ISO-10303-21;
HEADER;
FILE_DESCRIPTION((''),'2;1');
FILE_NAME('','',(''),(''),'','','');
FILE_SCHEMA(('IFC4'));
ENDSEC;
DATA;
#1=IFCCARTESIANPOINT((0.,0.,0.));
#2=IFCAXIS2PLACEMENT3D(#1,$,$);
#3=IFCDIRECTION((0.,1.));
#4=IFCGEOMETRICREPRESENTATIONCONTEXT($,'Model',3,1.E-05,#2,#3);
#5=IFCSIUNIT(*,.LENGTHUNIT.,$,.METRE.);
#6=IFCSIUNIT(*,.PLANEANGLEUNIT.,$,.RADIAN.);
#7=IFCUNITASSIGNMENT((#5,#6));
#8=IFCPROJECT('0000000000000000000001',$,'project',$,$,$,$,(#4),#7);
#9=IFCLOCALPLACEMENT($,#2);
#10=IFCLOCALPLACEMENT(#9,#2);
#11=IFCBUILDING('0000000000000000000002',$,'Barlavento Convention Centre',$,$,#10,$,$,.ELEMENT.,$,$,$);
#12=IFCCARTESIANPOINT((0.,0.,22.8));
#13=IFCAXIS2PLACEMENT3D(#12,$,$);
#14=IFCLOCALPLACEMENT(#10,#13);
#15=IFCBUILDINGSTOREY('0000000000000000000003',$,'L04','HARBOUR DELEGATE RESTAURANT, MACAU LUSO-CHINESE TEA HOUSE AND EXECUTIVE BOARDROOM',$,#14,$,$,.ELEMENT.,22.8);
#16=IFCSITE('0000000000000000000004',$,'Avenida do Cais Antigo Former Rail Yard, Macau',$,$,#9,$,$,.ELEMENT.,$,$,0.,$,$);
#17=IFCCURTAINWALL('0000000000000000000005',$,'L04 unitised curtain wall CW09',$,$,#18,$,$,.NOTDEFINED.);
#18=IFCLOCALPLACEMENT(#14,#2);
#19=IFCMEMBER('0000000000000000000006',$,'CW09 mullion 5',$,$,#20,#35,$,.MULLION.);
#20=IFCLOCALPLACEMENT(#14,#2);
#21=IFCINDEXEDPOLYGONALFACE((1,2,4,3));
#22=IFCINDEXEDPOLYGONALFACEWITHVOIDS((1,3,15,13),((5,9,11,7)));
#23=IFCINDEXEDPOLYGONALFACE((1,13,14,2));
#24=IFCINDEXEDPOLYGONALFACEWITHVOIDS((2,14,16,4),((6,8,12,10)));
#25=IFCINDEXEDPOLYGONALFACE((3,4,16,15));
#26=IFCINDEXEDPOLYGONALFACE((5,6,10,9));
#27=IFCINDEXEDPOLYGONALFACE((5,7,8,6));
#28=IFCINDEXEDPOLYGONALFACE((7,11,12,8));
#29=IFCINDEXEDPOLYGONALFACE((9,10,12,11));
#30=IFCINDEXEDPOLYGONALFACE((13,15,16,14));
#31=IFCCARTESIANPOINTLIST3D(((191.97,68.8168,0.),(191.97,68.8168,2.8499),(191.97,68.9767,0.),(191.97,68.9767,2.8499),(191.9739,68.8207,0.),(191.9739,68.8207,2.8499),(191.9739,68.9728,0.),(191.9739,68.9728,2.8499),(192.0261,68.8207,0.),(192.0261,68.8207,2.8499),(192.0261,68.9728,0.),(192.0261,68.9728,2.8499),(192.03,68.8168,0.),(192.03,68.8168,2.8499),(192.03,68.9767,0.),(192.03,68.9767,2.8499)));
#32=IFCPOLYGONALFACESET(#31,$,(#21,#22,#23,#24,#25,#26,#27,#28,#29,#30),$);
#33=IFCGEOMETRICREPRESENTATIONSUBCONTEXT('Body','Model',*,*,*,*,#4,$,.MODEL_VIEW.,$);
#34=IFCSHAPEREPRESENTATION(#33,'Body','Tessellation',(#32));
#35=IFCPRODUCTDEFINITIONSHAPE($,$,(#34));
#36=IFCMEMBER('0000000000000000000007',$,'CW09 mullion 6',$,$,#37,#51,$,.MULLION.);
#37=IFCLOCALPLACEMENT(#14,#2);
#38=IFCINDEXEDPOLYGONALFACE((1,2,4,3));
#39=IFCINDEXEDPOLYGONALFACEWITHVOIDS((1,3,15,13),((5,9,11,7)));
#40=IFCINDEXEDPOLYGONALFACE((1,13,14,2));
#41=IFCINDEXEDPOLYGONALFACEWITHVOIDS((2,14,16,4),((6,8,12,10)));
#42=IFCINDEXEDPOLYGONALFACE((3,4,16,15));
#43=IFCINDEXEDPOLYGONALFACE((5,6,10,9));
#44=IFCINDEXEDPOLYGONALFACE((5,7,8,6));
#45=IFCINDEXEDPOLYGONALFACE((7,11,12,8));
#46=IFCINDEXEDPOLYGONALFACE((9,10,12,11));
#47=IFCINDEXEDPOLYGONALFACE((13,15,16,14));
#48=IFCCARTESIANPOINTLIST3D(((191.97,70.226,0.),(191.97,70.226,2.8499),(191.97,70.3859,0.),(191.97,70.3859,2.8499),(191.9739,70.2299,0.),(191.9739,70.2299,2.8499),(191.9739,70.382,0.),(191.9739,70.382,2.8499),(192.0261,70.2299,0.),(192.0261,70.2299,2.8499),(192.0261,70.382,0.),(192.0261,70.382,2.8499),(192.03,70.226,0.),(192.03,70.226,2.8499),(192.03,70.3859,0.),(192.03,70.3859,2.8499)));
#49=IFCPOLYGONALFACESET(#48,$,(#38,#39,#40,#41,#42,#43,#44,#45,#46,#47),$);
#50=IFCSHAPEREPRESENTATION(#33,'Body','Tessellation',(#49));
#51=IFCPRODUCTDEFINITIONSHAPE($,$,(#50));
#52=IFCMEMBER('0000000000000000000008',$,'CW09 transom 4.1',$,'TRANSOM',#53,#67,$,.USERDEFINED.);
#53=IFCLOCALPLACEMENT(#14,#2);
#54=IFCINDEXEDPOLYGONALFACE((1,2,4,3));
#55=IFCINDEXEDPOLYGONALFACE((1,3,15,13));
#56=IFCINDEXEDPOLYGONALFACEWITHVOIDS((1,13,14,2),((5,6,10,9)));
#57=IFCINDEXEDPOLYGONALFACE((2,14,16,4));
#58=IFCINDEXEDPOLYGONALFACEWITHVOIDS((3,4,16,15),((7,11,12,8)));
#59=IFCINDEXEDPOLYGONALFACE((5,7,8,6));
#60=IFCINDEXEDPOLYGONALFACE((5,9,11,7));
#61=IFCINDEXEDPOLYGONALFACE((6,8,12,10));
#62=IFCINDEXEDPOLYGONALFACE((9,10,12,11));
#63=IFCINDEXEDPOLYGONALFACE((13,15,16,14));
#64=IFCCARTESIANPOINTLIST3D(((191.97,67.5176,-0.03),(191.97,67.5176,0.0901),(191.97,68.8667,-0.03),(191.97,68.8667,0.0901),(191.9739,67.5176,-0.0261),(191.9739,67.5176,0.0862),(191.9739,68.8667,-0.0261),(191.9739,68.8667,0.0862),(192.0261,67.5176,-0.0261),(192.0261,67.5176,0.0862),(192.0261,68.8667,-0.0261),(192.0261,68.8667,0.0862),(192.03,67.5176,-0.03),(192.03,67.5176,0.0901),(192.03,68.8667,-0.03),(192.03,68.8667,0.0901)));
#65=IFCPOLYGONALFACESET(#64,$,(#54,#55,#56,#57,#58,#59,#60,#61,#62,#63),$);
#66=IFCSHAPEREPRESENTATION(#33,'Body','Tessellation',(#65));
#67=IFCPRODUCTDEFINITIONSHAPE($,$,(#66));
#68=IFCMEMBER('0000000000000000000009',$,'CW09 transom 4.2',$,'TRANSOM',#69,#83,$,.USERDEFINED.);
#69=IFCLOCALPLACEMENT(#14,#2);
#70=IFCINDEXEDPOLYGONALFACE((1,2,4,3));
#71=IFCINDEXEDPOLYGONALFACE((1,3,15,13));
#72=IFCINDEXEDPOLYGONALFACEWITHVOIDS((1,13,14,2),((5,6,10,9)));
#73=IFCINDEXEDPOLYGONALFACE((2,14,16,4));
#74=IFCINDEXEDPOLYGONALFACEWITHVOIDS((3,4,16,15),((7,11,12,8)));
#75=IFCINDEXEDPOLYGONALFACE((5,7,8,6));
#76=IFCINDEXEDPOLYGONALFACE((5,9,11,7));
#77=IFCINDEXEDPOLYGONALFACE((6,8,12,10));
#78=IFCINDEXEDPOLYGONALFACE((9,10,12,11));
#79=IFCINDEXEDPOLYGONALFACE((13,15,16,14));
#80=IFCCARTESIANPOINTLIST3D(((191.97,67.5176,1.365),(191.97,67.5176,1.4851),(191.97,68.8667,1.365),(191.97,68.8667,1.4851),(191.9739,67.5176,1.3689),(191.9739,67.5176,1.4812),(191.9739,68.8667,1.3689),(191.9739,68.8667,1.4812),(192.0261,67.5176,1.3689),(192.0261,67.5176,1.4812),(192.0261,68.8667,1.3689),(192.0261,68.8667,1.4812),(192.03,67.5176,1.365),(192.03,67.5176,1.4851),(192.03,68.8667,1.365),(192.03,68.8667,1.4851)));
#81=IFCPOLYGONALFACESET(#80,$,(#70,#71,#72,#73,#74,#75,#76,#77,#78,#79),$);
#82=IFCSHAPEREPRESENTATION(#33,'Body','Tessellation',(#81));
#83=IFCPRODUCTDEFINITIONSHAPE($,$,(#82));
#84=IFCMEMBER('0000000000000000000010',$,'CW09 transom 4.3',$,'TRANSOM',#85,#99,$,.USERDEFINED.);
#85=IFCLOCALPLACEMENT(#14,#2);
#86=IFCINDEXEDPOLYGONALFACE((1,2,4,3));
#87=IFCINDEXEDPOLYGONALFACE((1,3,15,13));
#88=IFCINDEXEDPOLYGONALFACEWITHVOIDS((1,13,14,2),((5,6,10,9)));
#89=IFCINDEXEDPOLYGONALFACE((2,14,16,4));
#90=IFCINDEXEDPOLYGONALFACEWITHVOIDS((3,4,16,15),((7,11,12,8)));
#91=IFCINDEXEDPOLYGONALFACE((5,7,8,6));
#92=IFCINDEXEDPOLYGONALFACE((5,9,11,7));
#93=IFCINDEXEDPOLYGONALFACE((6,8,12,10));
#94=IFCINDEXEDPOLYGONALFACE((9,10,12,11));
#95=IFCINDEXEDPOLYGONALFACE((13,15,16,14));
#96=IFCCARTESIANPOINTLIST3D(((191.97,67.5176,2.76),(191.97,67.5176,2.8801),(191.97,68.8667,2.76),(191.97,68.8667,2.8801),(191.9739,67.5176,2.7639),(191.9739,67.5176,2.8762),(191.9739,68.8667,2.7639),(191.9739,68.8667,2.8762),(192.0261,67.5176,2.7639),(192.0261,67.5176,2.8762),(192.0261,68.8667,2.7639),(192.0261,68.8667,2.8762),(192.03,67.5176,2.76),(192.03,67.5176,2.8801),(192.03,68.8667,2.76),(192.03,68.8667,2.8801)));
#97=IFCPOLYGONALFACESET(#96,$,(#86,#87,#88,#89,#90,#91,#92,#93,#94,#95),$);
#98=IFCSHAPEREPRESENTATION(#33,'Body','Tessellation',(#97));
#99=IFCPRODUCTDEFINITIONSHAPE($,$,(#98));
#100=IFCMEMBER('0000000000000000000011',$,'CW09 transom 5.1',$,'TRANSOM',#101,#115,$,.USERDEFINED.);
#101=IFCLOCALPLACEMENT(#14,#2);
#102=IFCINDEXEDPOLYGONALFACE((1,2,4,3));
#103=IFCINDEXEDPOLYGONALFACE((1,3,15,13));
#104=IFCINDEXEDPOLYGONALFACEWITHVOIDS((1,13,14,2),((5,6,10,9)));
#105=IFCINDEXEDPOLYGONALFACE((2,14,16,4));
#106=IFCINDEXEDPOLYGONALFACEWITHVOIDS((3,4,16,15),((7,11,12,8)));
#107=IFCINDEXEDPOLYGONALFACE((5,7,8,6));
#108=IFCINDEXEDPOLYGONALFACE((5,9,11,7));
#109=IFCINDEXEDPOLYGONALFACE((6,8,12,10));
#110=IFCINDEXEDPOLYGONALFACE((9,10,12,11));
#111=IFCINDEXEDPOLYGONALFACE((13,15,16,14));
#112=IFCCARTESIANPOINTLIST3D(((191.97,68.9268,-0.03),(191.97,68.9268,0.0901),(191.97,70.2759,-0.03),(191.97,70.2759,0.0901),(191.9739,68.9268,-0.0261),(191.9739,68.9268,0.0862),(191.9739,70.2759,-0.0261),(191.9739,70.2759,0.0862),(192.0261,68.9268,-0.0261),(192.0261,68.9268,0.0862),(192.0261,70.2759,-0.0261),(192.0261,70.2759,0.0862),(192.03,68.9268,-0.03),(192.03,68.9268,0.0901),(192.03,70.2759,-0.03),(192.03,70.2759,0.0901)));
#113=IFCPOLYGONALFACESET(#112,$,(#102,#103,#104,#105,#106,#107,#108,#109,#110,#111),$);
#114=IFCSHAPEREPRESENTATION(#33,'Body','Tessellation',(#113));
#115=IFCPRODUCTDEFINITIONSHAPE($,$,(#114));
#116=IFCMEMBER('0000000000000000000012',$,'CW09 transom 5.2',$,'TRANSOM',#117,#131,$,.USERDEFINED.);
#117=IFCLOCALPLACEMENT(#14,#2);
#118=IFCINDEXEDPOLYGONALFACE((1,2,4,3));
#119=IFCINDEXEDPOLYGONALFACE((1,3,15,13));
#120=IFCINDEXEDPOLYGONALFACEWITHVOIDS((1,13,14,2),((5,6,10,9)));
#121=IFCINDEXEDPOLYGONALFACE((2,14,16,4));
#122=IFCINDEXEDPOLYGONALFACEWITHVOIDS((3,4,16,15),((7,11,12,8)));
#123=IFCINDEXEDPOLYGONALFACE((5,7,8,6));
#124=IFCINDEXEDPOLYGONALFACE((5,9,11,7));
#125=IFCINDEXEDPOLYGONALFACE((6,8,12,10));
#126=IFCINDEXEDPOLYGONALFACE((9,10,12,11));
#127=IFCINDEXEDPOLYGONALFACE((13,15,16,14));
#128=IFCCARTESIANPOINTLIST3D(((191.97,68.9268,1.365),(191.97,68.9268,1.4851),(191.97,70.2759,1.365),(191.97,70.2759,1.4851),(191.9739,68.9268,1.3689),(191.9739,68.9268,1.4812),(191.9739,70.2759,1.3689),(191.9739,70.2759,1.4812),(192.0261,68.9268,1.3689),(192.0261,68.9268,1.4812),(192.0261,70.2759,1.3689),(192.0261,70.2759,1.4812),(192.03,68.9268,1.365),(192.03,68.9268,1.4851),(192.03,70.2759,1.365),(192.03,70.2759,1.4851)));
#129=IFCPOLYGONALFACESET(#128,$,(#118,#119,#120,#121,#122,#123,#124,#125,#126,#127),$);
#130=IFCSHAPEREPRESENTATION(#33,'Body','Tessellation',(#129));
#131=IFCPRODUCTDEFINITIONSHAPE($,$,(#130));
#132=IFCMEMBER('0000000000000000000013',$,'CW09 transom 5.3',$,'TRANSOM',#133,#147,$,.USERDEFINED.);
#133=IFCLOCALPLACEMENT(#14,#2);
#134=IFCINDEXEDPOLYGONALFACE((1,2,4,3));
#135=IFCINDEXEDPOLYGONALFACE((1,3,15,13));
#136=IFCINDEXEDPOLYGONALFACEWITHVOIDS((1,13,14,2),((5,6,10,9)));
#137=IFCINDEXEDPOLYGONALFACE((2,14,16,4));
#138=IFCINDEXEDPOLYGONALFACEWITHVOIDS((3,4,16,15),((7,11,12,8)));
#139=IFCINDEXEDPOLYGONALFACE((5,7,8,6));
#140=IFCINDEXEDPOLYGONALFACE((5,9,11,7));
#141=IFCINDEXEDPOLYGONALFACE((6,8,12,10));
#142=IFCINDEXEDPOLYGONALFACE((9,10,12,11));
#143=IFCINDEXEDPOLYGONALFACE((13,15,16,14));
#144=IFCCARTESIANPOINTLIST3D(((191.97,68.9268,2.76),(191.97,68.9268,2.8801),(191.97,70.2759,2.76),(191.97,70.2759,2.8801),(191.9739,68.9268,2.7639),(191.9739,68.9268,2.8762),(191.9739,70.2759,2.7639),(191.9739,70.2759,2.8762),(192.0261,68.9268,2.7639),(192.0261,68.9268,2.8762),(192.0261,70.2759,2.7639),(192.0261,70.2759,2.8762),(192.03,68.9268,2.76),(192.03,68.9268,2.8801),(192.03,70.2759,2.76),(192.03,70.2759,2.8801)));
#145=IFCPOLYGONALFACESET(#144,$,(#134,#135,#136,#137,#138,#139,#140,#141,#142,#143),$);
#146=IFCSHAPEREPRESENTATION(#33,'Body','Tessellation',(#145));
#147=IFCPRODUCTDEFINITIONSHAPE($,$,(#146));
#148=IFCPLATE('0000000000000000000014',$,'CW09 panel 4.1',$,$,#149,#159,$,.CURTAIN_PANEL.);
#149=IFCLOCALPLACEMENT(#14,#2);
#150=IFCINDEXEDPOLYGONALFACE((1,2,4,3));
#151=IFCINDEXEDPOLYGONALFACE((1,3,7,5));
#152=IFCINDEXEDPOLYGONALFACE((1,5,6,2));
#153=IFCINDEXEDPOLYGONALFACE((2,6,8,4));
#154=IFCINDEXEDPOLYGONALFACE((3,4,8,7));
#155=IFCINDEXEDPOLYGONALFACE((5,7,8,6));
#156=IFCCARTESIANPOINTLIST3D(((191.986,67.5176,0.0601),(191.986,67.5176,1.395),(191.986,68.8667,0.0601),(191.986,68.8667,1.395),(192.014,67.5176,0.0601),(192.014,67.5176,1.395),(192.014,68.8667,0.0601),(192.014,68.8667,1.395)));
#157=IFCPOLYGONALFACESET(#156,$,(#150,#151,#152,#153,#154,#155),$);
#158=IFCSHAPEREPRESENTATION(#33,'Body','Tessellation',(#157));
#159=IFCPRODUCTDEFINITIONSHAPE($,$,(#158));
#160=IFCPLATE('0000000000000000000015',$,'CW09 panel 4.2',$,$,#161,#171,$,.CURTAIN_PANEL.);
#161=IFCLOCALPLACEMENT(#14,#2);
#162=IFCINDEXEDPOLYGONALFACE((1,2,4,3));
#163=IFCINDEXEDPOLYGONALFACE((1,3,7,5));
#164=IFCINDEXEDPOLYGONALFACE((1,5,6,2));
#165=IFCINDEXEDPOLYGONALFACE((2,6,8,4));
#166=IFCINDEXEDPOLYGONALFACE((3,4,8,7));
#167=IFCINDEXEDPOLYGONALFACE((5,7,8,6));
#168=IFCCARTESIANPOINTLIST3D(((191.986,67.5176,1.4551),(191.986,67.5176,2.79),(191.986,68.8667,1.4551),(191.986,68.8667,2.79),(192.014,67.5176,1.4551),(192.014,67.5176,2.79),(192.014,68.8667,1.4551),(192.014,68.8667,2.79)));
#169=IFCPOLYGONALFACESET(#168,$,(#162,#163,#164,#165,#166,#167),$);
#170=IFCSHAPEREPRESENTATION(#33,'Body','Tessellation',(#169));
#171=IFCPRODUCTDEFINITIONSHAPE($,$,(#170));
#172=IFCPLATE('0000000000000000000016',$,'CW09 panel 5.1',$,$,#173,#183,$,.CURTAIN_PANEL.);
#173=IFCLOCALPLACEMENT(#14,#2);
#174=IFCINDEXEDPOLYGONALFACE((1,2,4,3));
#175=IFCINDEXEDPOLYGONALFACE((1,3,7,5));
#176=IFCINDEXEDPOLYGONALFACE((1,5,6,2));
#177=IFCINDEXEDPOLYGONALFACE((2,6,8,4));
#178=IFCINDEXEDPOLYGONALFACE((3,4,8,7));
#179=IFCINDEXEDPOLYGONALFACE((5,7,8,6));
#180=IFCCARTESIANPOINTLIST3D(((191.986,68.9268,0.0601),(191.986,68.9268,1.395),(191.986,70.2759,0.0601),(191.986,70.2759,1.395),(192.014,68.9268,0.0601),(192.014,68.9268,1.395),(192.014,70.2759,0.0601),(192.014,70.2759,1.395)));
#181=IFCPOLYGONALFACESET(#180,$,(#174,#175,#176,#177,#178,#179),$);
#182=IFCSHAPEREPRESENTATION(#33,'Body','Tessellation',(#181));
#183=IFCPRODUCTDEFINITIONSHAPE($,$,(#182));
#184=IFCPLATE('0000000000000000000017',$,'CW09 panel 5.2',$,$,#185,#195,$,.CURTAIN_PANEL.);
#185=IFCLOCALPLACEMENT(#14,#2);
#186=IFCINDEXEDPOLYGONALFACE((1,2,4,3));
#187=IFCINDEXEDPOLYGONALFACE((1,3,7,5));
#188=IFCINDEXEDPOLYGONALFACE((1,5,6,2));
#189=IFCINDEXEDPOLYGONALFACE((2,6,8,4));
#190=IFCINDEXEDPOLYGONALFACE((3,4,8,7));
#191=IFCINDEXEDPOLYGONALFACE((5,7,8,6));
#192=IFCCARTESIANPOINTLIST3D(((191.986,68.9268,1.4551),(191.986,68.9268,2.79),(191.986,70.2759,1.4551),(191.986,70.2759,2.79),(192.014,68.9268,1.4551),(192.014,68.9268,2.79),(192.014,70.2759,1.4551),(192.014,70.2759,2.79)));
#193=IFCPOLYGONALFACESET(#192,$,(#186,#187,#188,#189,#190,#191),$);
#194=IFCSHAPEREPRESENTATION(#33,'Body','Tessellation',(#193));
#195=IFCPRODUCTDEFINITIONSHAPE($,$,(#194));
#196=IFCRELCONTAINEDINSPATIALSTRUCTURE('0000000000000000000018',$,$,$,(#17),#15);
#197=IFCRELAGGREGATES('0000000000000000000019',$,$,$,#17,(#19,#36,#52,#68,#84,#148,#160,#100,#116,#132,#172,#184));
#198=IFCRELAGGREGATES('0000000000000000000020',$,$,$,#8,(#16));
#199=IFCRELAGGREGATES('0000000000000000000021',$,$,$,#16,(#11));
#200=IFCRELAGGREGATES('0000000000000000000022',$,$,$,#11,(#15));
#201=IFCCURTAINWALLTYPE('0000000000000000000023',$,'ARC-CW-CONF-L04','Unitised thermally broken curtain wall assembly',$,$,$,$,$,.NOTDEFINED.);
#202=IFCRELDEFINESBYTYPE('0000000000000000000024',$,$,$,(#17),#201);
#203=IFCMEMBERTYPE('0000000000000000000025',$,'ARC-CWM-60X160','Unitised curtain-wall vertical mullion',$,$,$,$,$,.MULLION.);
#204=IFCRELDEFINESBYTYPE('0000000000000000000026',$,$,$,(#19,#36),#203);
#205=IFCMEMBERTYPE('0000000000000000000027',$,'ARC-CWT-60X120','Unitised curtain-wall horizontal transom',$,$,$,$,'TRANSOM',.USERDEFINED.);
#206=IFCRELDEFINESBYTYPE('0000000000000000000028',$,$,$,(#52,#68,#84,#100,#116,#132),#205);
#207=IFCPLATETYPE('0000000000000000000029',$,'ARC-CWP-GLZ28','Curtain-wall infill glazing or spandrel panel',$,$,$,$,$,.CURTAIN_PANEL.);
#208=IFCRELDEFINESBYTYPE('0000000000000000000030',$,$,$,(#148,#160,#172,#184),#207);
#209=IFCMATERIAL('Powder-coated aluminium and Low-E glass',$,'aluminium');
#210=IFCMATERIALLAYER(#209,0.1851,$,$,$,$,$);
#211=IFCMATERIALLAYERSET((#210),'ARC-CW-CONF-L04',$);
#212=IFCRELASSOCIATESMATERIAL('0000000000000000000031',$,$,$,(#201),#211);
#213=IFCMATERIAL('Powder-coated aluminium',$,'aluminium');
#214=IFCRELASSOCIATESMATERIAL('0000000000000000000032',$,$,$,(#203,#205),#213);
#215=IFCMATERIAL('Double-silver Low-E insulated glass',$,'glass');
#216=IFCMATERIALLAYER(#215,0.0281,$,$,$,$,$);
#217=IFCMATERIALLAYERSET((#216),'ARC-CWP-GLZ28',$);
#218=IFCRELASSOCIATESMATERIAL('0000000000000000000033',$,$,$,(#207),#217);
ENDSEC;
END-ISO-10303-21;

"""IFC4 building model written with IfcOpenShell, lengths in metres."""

from ifc_helpers import new_model, si_unit, direction, frame, origin, origin_2d, place, context, subcontext, project, spatial, rectangle, hollow_rectangle, extrude, material, layer, layer_set, material_profile, profile_set, type_object, element, aggregate, save


model = new_model("IFC4")

# Units and contexts
model_context = context("Model", 3, precision=1e-05, world=origin(), true_north=direction((0.0, 1.0)))
body_context = subcontext(model_context, "Body", "Model", "MODEL_VIEW")
ifc_project = project(units=[si_unit("LENGTHUNIT", "METRE"), si_unit("PLANEANGLEUNIT", "RADIAN")], contexts=[model_context])

# Site, building, storey
site_placement = place(None, origin())
site = spatial("IfcSite", under=ifc_project, at=site_placement, Name="Avenida do Cais Antigo Former Rail Yard, Macau", CompositionType="ELEMENT", RefElevation=0.0)
building_placement = place(site_placement, origin())
building = spatial("IfcBuilding", under=site, at=building_placement, Name="Barlavento Convention Centre", CompositionType="ELEMENT")
storey_placement = place(building_placement, frame((0.0, 0.0, 22.8)))
storey = spatial("IfcBuildingStorey", under=building, at=storey_placement, Name="L04", Description="HARBOUR DELEGATE RESTAURANT, MACAU LUSO-CHINESE TEA HOUSE AND EXECUTIVE BOARDROOM", CompositionType="ELEMENT", Elevation=22.8)

# Curtain wall, members, plates
ifc_material_1 = material(Name="Powder-coated aluminium and Low-E glass", Category="aluminium")
ifc_layer_1 = layer(ifc_material_1, 0.1851)
ifc_layer_set_1 = layer_set([ifc_layer_1], Name="ARC-CW-CONF-L04")
curtain_wall_type = type_object("IfcCurtainWallType", Name="ARC-CW-CONF-L04", Description="Unitised thermally broken curtain wall assembly", PredefinedType="NOTDEFINED", material=ifc_layer_set_1)
curtain_wall_placement = place(storey_placement, origin())
curtain_wall = element("IfcCurtainWall", 1, at=curtain_wall_placement, inside=storey, type_object=curtain_wall_type, Name="L04 unitised curtain wall CW09", PredefinedType="NOTDEFINED")
ifc_material_2 = material(Name="Powder-coated aluminium", Category="aluminium")
ifc_material_profile_1 = material_profile(ifc_material_2, hollow_rectangle(XDim=0.0601, YDim=0.1599, WallThickness=0.0039, at=origin_2d()), Name="AL-MULL 60x160x4")
ifc_profile_set_1 = profile_set([ifc_material_profile_1], Name="Powder-coated aluminium")
member_type_1 = type_object("IfcMemberType", Name="ARC-CWM-60X160", Description="Unitised curtain-wall vertical mullion", PredefinedType="MULLION", material=ifc_profile_set_1)
member_1_placement = place(storey_placement, frame((192.0, 68.8967, 0.0), z_axis=(0.0, 0.0, 1.0), x_axis=(-1.0, 0.0, 0.0)))
member_1 = element("IfcMember", 2, at=member_1_placement, type_object=member_type_1, Name="CW09 mullion 5", PredefinedType="MULLION", context=body_context, shape_type="SweptSolid", body=[
    extrude(hollow_rectangle(XDim=0.0601, YDim=0.1599, WallThickness=0.0039, at=origin_2d()), origin(), (0.0, 0.0, 1.0), 2.8499),
])
member_2_placement = place(storey_placement, frame((192.0, 70.3059, 0.0), z_axis=(0.0, 0.0, 1.0), x_axis=(-1.0, 0.0, 0.0)))
member_2 = element("IfcMember", 3, at=member_2_placement, type_object=member_type_1, Name="CW09 mullion 6", PredefinedType="MULLION", context=body_context, shape_type="SweptSolid", body=[
    extrude(hollow_rectangle(XDim=0.0601, YDim=0.1599, WallThickness=0.0039, at=origin_2d()), origin(), (0.0, 0.0, 1.0), 2.8499),
])
ifc_material_profile_2 = material_profile(ifc_material_2, hollow_rectangle(XDim=0.0601, YDim=0.1201, WallThickness=0.0039, at=origin_2d()), Name="AL-TRAN 60x120x4")
ifc_profile_set_2 = profile_set([ifc_material_profile_2], Name="Powder-coated aluminium")
member_type_2 = type_object("IfcMemberType", Name="ARC-CWT-60X120", Description="Unitised curtain-wall horizontal transom", ElementType="TRANSOM", PredefinedType="USERDEFINED", material=ifc_profile_set_2)
member_3_placement = place(storey_placement, frame((192.0, 67.5176, 0.03), z_axis=(0.0, 1.0, 0.0), x_axis=(-1.0, 0.0, 0.0)))
member_3 = element("IfcMember", 4, at=member_3_placement, type_object=member_type_2, Name="CW09 transom 4.1", ObjectType="TRANSOM", PredefinedType="USERDEFINED", context=body_context, shape_type="SweptSolid", body=[
    extrude(hollow_rectangle(XDim=0.0601, YDim=0.1201, WallThickness=0.0039, at=origin_2d()), origin(), (0.0, 0.0, 1.0), 1.3491),
])
member_4_placement = place(storey_placement, frame((192.0, 67.5176, 1.425), z_axis=(0.0, 1.0, 0.0), x_axis=(-1.0, 0.0, 0.0)))
member_4 = element("IfcMember", 5, at=member_4_placement, type_object=member_type_2, Name="CW09 transom 4.2", ObjectType="TRANSOM", PredefinedType="USERDEFINED", context=body_context, shape_type="SweptSolid", body=[
    extrude(hollow_rectangle(XDim=0.0601, YDim=0.1201, WallThickness=0.0039, at=origin_2d()), origin(), (0.0, 0.0, 1.0), 1.3491),
])
member_5_placement = place(storey_placement, frame((192.0, 67.5176, 2.8201), z_axis=(0.0, 1.0, 0.0), x_axis=(-1.0, 0.0, 0.0)))
member_5 = element("IfcMember", 6, at=member_5_placement, type_object=member_type_2, Name="CW09 transom 4.3", ObjectType="TRANSOM", PredefinedType="USERDEFINED", context=body_context, shape_type="SweptSolid", body=[
    extrude(hollow_rectangle(XDim=0.0601, YDim=0.1201, WallThickness=0.0039, at=origin_2d()), origin(), (0.0, 0.0, 1.0), 1.3491),
])
member_6_placement = place(storey_placement, frame((192.0, 68.9268, 0.03), z_axis=(0.0, 1.0, 0.0), x_axis=(-1.0, 0.0, 0.0)))
member_6 = element("IfcMember", 7, at=member_6_placement, type_object=member_type_2, Name="CW09 transom 5.1", ObjectType="TRANSOM", PredefinedType="USERDEFINED", context=body_context, shape_type="SweptSolid", body=[
    extrude(hollow_rectangle(XDim=0.0601, YDim=0.1201, WallThickness=0.0039, at=origin_2d()), origin(), (0.0, 0.0, 1.0), 1.3491),
])
member_7_placement = place(storey_placement, frame((192.0, 68.9268, 1.425), z_axis=(0.0, 1.0, 0.0), x_axis=(-1.0, 0.0, 0.0)))
member_7 = element("IfcMember", 8, at=member_7_placement, type_object=member_type_2, Name="CW09 transom 5.2", ObjectType="TRANSOM", PredefinedType="USERDEFINED", context=body_context, shape_type="SweptSolid", body=[
    extrude(hollow_rectangle(XDim=0.0601, YDim=0.1201, WallThickness=0.0039, at=origin_2d()), origin(), (0.0, 0.0, 1.0), 1.3491),
])
member_8_placement = place(storey_placement, frame((192.0, 68.9268, 2.8201), z_axis=(0.0, 1.0, 0.0), x_axis=(-1.0, 0.0, 0.0)))
member_8 = element("IfcMember", 9, at=member_8_placement, type_object=member_type_2, Name="CW09 transom 5.3", ObjectType="TRANSOM", PredefinedType="USERDEFINED", context=body_context, shape_type="SweptSolid", body=[
    extrude(hollow_rectangle(XDim=0.0601, YDim=0.1201, WallThickness=0.0039, at=origin_2d()), origin(), (0.0, 0.0, 1.0), 1.3491),
])
ifc_material_3 = material(Name="Double-silver Low-E insulated glass", Category="glass")
ifc_layer_2 = layer(ifc_material_3, 0.0281)
ifc_layer_set_2 = layer_set([ifc_layer_2], Name="ARC-CWP-GLZ28")
plate_type = type_object("IfcPlateType", Name="ARC-CWP-GLZ28", Description="Curtain-wall infill glazing or spandrel panel", PredefinedType="CURTAIN_PANEL", material=ifc_layer_set_2)
plate_1_placement = place(storey_placement, frame((192.0, 68.1921, 0.0601), z_axis=(0.0, 0.0, 1.0), x_axis=(0.0, 1.0, 0.0)))
plate_1 = element("IfcPlate", 10, at=plate_1_placement, type_object=plate_type, Name="CW09 panel 4.1", PredefinedType="CURTAIN_PANEL", context=body_context, shape_type="SweptSolid", body=[
    extrude(rectangle(XDim=1.3491, YDim=0.0281, at=origin_2d()), origin(), (0.0, 0.0, 1.0), 1.335),
])
plate_2_placement = place(storey_placement, frame((192.0, 68.1921, 1.4551), z_axis=(0.0, 0.0, 1.0), x_axis=(0.0, 1.0, 0.0)))
plate_2 = element("IfcPlate", 11, at=plate_2_placement, type_object=plate_type, Name="CW09 panel 4.2", PredefinedType="CURTAIN_PANEL", context=body_context, shape_type="SweptSolid", body=[
    extrude(rectangle(XDim=1.3491, YDim=0.0281, at=origin_2d()), origin(), (0.0, 0.0, 1.0), 1.335),
])
plate_3_placement = place(storey_placement, frame((192.0, 69.6013, 0.0601), z_axis=(0.0, 0.0, 1.0), x_axis=(0.0, 1.0, 0.0)))
plate_3 = element("IfcPlate", 12, at=plate_3_placement, type_object=plate_type, Name="CW09 panel 5.1", PredefinedType="CURTAIN_PANEL", context=body_context, shape_type="SweptSolid", body=[
    extrude(rectangle(XDim=1.3491, YDim=0.0281, at=origin_2d()), origin(), (0.0, 0.0, 1.0), 1.335),
])
plate_4_placement = place(storey_placement, frame((192.0, 69.6013, 1.4551), z_axis=(0.0, 0.0, 1.0), x_axis=(0.0, 1.0, 0.0)))
plate_4 = element("IfcPlate", 13, at=plate_4_placement, type_object=plate_type, Name="CW09 panel 5.2", PredefinedType="CURTAIN_PANEL", context=body_context, shape_type="SweptSolid", body=[
    extrude(rectangle(XDim=1.3491, YDim=0.0281, at=origin_2d()), origin(), (0.0, 0.0, 1.0), 1.335),
])
aggregate(curtain_wall, [member_1, member_2, member_3, member_4, member_5, plate_1, plate_2, member_6, member_7, member_8, plate_3, plate_4])

save(model, "model.ifc")
